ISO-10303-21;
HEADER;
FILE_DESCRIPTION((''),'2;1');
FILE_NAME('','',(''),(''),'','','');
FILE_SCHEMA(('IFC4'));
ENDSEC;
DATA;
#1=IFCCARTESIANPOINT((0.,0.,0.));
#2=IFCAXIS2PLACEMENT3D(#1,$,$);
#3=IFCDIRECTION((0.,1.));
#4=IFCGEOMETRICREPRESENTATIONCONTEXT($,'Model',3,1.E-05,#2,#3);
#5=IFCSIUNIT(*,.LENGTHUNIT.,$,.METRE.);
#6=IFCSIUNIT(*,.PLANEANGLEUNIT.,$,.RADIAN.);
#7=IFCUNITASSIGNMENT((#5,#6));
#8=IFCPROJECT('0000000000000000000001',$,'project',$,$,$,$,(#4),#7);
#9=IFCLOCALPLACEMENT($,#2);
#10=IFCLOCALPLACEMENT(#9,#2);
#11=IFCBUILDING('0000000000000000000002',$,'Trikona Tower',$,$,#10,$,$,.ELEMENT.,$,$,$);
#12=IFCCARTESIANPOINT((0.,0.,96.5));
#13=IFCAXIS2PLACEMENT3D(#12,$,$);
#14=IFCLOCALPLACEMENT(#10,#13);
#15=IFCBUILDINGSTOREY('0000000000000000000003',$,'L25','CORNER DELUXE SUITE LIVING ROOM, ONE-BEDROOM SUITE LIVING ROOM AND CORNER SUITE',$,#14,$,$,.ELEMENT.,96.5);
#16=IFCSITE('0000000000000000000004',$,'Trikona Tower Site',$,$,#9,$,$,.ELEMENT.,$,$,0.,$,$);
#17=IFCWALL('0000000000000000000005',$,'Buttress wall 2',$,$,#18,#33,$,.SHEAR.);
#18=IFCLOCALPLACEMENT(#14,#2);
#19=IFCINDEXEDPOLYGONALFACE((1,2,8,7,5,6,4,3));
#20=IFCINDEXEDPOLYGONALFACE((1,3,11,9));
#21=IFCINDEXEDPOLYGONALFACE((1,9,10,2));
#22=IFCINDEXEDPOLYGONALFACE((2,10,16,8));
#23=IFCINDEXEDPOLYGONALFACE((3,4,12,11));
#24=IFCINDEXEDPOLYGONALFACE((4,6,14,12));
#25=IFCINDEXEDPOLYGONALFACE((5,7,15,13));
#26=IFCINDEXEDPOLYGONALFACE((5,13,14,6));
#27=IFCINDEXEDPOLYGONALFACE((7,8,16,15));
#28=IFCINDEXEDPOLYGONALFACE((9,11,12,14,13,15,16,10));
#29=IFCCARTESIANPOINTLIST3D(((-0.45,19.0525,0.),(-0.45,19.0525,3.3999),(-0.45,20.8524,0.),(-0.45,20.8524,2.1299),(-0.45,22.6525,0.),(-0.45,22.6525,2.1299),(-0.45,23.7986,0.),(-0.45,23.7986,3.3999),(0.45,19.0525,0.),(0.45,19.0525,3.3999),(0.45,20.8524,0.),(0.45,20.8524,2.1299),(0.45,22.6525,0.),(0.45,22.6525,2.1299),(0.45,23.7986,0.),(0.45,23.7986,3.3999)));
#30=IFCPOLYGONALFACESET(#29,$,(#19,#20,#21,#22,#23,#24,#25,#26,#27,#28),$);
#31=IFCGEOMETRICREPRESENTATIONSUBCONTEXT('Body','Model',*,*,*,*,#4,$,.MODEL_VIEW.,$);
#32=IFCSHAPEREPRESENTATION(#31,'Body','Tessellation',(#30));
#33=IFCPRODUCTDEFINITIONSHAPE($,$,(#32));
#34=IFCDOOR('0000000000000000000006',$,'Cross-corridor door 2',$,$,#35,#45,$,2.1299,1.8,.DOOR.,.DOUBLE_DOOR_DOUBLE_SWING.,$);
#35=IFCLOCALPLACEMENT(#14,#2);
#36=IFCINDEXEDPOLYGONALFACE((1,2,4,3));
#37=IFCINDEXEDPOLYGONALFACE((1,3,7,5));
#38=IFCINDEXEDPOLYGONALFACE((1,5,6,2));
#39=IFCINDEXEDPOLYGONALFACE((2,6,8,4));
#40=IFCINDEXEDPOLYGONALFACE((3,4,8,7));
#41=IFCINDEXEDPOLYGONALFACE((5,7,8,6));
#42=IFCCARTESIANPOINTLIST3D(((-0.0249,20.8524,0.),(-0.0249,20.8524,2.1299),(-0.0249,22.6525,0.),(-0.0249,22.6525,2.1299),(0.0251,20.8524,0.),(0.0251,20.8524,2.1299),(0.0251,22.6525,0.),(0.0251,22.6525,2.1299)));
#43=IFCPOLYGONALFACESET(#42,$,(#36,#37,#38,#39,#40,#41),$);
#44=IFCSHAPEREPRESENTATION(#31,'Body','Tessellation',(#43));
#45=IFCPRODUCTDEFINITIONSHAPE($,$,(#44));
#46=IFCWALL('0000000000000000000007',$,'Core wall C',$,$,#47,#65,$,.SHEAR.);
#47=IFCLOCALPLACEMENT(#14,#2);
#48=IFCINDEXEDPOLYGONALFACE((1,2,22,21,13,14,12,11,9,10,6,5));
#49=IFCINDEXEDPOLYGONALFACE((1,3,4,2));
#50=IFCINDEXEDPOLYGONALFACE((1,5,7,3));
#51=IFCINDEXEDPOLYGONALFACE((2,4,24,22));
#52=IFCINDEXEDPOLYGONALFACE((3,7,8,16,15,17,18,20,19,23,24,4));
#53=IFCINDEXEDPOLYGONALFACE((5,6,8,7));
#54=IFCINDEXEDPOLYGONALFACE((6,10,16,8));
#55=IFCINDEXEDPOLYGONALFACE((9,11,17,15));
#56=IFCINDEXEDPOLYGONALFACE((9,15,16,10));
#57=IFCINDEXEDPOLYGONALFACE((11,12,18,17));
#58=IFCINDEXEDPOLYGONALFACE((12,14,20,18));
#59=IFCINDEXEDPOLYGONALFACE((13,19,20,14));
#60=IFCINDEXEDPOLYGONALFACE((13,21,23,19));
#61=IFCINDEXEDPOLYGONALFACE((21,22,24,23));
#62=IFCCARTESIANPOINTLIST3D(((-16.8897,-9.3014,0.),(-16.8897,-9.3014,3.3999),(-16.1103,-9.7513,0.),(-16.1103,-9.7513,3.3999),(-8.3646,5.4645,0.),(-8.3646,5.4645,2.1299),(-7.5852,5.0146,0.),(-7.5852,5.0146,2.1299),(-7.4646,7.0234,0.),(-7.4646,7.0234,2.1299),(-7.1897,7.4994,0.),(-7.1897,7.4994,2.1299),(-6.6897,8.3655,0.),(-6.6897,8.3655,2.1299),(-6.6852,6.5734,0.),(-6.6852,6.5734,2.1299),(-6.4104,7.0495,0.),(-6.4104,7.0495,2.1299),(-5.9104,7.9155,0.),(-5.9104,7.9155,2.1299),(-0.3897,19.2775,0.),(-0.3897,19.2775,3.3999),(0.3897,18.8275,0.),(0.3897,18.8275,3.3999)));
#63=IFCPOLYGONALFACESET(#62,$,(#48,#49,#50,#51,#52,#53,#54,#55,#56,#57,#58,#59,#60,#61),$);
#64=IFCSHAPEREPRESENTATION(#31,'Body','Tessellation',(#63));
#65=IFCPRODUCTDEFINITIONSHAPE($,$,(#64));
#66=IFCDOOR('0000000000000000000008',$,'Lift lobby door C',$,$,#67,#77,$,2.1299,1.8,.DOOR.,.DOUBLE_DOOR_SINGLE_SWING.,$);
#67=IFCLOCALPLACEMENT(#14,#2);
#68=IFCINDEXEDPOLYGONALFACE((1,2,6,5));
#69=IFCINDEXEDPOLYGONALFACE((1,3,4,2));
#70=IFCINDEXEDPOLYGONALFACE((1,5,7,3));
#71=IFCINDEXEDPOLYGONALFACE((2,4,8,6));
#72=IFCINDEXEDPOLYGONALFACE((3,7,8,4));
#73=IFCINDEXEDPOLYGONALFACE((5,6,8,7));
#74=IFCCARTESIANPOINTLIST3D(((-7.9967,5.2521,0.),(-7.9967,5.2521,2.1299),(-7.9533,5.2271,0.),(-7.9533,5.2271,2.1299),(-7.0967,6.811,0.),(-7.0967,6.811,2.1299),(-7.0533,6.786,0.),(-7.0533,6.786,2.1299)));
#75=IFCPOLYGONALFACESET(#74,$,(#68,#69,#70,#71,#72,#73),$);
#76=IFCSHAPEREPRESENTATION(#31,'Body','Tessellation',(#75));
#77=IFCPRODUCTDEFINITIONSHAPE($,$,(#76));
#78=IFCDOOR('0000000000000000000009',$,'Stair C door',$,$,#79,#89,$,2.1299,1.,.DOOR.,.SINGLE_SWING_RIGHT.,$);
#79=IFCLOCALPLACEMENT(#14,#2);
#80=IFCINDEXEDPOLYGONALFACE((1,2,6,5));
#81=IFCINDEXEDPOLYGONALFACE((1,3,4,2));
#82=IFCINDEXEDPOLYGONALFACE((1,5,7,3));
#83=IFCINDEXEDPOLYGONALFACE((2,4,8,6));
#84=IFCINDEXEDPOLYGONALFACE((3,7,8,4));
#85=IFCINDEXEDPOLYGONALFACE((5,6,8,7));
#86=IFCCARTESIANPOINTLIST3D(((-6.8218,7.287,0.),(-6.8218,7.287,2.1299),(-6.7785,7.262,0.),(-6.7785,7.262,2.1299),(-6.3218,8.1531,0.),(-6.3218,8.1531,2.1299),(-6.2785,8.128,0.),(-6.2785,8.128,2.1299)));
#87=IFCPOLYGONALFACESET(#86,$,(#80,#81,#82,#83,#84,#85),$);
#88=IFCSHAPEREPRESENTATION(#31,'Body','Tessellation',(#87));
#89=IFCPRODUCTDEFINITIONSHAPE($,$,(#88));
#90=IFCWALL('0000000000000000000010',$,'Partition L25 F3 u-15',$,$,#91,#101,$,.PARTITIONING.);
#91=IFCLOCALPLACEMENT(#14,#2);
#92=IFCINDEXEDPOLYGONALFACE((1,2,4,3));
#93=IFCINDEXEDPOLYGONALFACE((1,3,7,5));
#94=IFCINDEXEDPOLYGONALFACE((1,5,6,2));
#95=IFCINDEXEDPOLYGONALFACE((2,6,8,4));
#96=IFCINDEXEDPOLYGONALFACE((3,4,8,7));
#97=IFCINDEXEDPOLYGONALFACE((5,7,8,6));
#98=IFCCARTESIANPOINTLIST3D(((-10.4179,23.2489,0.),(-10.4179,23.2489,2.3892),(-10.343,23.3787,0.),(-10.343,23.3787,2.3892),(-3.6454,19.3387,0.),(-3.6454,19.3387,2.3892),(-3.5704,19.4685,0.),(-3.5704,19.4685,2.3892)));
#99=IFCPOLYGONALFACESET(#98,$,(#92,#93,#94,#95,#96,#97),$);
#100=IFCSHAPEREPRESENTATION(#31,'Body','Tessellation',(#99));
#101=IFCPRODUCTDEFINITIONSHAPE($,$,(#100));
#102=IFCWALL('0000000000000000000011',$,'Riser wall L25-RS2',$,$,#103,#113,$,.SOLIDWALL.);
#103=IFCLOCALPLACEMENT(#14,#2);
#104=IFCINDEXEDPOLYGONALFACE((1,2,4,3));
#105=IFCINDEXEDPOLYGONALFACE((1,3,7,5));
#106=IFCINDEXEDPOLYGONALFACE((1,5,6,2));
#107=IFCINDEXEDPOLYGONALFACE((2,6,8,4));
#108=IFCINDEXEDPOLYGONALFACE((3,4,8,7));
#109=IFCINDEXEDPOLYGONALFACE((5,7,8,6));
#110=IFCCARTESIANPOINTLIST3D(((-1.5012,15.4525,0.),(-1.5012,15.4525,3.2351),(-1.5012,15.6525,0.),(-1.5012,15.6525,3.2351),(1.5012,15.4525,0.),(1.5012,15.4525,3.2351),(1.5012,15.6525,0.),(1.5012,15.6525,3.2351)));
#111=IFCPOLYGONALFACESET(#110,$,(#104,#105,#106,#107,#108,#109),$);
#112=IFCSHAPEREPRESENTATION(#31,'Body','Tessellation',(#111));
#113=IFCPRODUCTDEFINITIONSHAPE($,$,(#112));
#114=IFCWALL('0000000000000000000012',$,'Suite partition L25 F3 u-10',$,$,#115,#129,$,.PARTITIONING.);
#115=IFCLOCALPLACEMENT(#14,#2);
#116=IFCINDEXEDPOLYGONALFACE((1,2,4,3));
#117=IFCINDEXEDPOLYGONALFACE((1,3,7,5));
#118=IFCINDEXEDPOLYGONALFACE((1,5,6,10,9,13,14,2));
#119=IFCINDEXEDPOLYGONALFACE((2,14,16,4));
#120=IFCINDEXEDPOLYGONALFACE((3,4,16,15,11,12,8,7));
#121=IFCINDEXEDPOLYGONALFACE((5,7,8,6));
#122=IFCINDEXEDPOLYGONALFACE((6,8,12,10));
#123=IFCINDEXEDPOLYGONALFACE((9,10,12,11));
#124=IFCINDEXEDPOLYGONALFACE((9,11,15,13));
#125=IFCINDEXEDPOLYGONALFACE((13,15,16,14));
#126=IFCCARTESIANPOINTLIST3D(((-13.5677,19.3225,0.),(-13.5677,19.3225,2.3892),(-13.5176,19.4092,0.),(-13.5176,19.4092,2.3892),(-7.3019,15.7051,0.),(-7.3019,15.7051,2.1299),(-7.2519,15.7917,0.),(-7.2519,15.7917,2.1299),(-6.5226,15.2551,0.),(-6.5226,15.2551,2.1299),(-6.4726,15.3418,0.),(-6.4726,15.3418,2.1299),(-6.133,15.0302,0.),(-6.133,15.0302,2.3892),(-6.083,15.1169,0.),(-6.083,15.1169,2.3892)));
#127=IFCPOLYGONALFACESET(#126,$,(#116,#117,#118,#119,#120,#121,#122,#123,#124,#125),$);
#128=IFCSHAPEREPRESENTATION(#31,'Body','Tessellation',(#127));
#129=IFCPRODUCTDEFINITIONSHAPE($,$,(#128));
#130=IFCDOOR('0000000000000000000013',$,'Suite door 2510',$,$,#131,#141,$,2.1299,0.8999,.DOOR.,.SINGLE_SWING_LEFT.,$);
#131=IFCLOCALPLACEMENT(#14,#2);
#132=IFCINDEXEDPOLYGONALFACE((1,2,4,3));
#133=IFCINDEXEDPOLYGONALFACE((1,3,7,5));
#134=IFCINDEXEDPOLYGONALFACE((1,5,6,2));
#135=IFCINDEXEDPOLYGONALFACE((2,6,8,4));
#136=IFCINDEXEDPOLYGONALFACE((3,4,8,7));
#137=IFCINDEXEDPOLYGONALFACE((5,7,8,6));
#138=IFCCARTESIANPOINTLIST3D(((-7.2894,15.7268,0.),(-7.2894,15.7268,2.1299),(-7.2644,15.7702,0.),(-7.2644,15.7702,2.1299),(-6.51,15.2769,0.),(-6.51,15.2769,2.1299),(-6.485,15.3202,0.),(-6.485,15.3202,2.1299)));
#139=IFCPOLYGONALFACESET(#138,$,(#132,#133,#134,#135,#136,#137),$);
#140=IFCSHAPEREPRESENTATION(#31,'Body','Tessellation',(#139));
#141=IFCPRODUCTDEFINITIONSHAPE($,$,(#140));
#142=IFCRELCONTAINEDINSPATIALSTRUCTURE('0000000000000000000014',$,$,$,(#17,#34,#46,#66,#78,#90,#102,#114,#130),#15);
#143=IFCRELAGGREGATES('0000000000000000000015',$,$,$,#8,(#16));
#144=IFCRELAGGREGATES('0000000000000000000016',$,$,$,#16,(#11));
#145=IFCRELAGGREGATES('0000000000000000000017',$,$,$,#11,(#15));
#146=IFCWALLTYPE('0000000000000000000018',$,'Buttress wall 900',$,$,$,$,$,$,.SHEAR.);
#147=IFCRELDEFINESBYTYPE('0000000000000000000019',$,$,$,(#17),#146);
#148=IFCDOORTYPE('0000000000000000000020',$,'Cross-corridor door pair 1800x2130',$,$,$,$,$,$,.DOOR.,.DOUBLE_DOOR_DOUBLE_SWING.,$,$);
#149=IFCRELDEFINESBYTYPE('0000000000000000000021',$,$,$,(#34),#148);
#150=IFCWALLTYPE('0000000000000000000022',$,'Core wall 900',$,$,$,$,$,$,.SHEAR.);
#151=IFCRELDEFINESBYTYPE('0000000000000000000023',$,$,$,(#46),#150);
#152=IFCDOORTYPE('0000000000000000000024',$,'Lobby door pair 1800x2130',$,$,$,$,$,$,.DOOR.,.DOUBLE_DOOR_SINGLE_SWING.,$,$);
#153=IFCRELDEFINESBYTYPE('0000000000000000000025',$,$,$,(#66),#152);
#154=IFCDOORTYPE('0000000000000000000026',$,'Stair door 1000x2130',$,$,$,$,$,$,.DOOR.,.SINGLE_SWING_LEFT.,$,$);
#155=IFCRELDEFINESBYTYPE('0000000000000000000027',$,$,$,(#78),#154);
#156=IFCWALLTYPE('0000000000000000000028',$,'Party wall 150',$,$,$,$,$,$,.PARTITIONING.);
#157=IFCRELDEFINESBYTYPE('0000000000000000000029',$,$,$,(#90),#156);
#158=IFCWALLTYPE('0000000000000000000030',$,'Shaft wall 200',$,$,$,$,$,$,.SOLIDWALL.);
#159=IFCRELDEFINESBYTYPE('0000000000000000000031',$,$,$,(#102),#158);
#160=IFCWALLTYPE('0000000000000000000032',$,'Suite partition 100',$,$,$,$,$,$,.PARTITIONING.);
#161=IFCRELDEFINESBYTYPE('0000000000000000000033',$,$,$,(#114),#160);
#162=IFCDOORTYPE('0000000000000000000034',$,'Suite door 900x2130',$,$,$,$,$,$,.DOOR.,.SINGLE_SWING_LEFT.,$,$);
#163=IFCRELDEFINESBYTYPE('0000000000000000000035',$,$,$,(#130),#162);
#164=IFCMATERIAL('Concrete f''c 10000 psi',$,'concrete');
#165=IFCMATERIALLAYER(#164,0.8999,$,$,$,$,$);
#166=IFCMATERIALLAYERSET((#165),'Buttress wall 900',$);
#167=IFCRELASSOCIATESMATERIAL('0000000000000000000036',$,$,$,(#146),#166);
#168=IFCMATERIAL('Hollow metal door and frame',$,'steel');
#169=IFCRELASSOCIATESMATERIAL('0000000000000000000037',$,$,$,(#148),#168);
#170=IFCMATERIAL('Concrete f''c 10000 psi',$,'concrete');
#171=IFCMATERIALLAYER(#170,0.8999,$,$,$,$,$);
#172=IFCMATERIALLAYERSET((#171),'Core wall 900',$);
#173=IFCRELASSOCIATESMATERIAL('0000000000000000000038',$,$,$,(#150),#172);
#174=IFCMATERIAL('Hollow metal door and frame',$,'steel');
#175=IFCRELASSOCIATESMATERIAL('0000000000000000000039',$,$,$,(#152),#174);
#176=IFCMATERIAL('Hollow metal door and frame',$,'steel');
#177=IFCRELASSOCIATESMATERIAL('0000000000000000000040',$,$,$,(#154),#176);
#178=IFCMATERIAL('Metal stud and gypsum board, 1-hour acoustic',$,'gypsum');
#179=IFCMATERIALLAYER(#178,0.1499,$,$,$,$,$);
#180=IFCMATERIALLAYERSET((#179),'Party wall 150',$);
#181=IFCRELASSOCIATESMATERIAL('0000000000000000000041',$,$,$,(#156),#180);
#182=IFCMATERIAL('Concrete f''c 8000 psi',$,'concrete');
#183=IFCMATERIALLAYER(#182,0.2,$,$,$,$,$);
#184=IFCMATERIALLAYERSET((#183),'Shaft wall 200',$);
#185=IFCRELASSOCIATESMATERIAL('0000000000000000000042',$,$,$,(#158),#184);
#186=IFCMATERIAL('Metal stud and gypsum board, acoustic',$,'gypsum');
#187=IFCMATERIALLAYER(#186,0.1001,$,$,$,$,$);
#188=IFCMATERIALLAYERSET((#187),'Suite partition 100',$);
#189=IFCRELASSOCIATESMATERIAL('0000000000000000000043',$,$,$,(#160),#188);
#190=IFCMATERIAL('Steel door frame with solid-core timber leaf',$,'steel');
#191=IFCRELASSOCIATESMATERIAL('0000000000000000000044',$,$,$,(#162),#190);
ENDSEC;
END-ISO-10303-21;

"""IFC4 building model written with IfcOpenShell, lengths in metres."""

from ifc_helpers import new_model, si_unit, direction, frame, frame_2d, origin, place, context, subcontext, project, spatial, rectangle, extrude, material, layer, layer_set, type_object, element, fill, save


model = new_model("IFC4")

# Units and contexts
model_context = context("Model", 3, precision=1e-05, world=origin(), true_north=direction((0.0, 1.0)))
body_context = subcontext(model_context, "Body", "Model", "MODEL_VIEW")
ifc_project = project(units=[si_unit("LENGTHUNIT", "METRE"), si_unit("PLANEANGLEUNIT", "RADIAN")], contexts=[model_context])

# Site, building, storey
site_placement = place(None, origin())
site = spatial("IfcSite", under=ifc_project, at=site_placement, Name="Trikona Tower Site", CompositionType="ELEMENT", RefElevation=0.0)
building_placement = place(site_placement, origin())
building = spatial("IfcBuilding", under=site, at=building_placement, Name="Trikona Tower", CompositionType="ELEMENT")
storey_placement = place(building_placement, frame((0.0, 0.0, 96.5)))
storey = spatial("IfcBuildingStorey", under=building, at=storey_placement, Name="L25", Description="CORNER DELUXE SUITE LIVING ROOM, ONE-BEDROOM SUITE LIVING ROOM AND CORNER SUITE", CompositionType="ELEMENT", Elevation=96.5)

# Wall, opening, door
ifc_material_1 = material(Name="Concrete f'c 10000 psi", Category="concrete")
ifc_layer_1 = layer(ifc_material_1, 0.8999)
ifc_layer_set_1 = layer_set([ifc_layer_1], Name="Buttress wall 900")
wall_type_1 = type_object("IfcWallType", Name="Buttress wall 900", PredefinedType="SHEAR", material=ifc_layer_set_1)
wall_1_placement = place(storey_placement, frame((0.0, 19.0525, 0.0), z_axis=(0.0, 0.0, 1.0), x_axis=(0.0, 1.0, 0.0)))
wall_1 = element("IfcWall", 1, at=wall_1_placement, inside=storey, type_object=wall_type_1, Name="Buttress wall 2", PredefinedType="SHEAR", context=body_context, shape_type="SweptSolid", body=[
    extrude(rectangle(XDim=4.7461, YDim=0.8999, at=frame_2d((2.373, 0.0))), origin(), (0.0, 0.0, 1.0), 3.3999),
])
opening_1_placement = place(wall_1_placement, frame((1.8, 0.0, 0.0)))
opening_1 = element("IfcOpeningElement", 2, at=opening_1_placement, cuts=wall_1, PredefinedType="OPENING", context=body_context, shape_type="SweptSolid", body=[
    extrude(rectangle(XDim=1.8, YDim=2.1299, at=frame_2d((0.8999, 1.0649))), frame((0.0, 0.46, 0.0), z_axis=(0.0, -1.0, 0.0), x_axis=(1.0, 0.0, 0.0)), (0.0, 0.0, 1.0), 0.9199),
])
ifc_material_2 = material(Name="Hollow metal door and frame", Category="steel")
door_type_1 = type_object("IfcDoorType", Name="Cross-corridor door pair 1800x2130", OperationType="DOUBLE_DOOR_DOUBLE_SWING", PredefinedType="DOOR", material=ifc_material_2)
door_1_placement = place(opening_1_placement, origin())
door_1 = element("IfcDoor", 3, at=door_1_placement, inside=storey, type_object=door_type_1, Name="Cross-corridor door 2", OperationType="DOUBLE_DOOR_DOUBLE_SWING", OverallHeight=2.1299, OverallWidth=1.8, PredefinedType="DOOR", context=body_context, shape_type="SweptSolid", body=[
    extrude(rectangle(XDim=1.8, YDim=2.1299, at=frame_2d((0.8999, 1.0649))), frame((0.0, 0.0249, 0.0), z_axis=(0.0, -1.0, 0.0), x_axis=(1.0, 0.0, 0.0)), (0.0, 0.0, 1.0), 0.05),
])
fill(opening_1, door_1)

# Wall, openings, doors
ifc_material_3 = material(Name="Concrete f'c 10000 psi", Category="concrete")
ifc_layer_2 = layer(ifc_material_3, 0.8999)
ifc_layer_set_2 = layer_set([ifc_layer_2], Name="Core wall 900")
wall_type_2 = type_object("IfcWallType", Name="Core wall 900", PredefinedType="SHEAR", material=ifc_layer_set_2)
wall_2_placement = place(storey_placement, frame((0.0, 19.0525, 0.0), z_axis=(0.0, 0.0, 1.0), x_axis=(-0.5, -0.866026, 0.0)))
wall_2 = element("IfcWall", 4, at=wall_2_placement, inside=storey, type_object=wall_type_2, Name="Core wall C", PredefinedType="SHEAR", context=body_context, shape_type="SweptSolid", body=[
    extrude(rectangle(XDim=33.0, YDim=0.8999, at=frame_2d((16.5, 0.0))), origin(), (0.0, 0.0, 1.0), 3.3999),
])
opening_2_placement = place(wall_2_placement, frame((14.1499, 0.0, 0.0)))
opening_2 = element("IfcOpeningElement", 5, at=opening_2_placement, cuts=wall_2, PredefinedType="OPENING", context=body_context, shape_type="SweptSolid", body=[
    extrude(rectangle(XDim=1.8, YDim=2.1299, at=frame_2d((0.8999, 1.0649))), frame((0.0, 0.46, 0.0), z_axis=(0.0, -1.0, 0.0), x_axis=(1.0, 0.0, 0.0)), (0.0, 0.0, 1.0), 0.9199),
])
opening_3_placement = place(wall_2_placement, frame((12.6001, 0.0, 0.0)))
opening_3 = element("IfcOpeningElement", 6, at=opening_3_placement, cuts=wall_2, PredefinedType="OPENING", context=body_context, shape_type="SweptSolid", body=[
    extrude(rectangle(XDim=1.0, YDim=2.1299, at=frame_2d((0.5, 1.0649))), frame((0.0, 0.46, 0.0), z_axis=(0.0, -1.0, 0.0), x_axis=(1.0, 0.0, 0.0)), (0.0, 0.0, 1.0), 0.9199),
])
ifc_material_4 = material(Name="Hollow metal door and frame", Category="steel")
door_type_2 = type_object("IfcDoorType", Name="Lobby door pair 1800x2130", OperationType="DOUBLE_DOOR_SINGLE_SWING", PredefinedType="DOOR", material=ifc_material_4)
door_2_placement = place(opening_2_placement, origin())
door_2 = element("IfcDoor", 7, at=door_2_placement, inside=storey, type_object=door_type_2, Name="Lift lobby door C", OperationType="DOUBLE_DOOR_SINGLE_SWING", OverallHeight=2.1299, OverallWidth=1.8, PredefinedType="DOOR", context=body_context, shape_type="SweptSolid", body=[
    extrude(rectangle(XDim=1.8, YDim=2.1299, at=frame_2d((0.8999, 1.0649))), frame((0.0, 0.0249, 0.0), z_axis=(0.0, -1.0, 0.0), x_axis=(1.0, 0.0, 0.0)), (0.0, 0.0, 1.0), 0.05),
])
fill(opening_2, door_2)
ifc_material_5 = material(Name="Hollow metal door and frame", Category="steel")
door_type_3 = type_object("IfcDoorType", Name="Stair door 1000x2130", OperationType="SINGLE_SWING_LEFT", PredefinedType="DOOR", material=ifc_material_5)
door_3_placement = place(opening_3_placement, origin())
door_3 = element("IfcDoor", 8, at=door_3_placement, inside=storey, type_object=door_type_3, Name="Stair C door", OperationType="SINGLE_SWING_RIGHT", OverallHeight=2.1299, OverallWidth=1.0, PredefinedType="DOOR", context=body_context, shape_type="SweptSolid", body=[
    extrude(rectangle(XDim=1.0, YDim=2.1299, at=frame_2d((0.5, 1.0649))), frame((0.0, 0.0249, 0.0), z_axis=(0.0, -1.0, 0.0), x_axis=(1.0, 0.0, 0.0)), (0.0, 0.0, 1.0), 0.05),
])
fill(opening_3, door_3)

# Walls
ifc_material_6 = material(Name="Metal stud and gypsum board, 1-hour acoustic", Category="gypsum")
ifc_layer_3 = layer(ifc_material_6, 0.1499)
ifc_layer_set_3 = layer_set([ifc_layer_3], Name="Party wall 150")
wall_type_3 = type_object("IfcWallType", Name="Party wall 150", PredefinedType="PARTITIONING", material=ifc_layer_set_3)
wall_3_placement = place(storey_placement, frame((-3.6079, 19.4036, 0.0), z_axis=(0.0, 0.0, 1.0), x_axis=(-0.866021, 0.500007, 0.0)))
element("IfcWall", 9, at=wall_3_placement, inside=storey, type_object=wall_type_3, Name="Partition L25 F3 u-15", PredefinedType="PARTITIONING", context=body_context, shape_type="SweptSolid", body=[
    extrude(rectangle(XDim=7.8203, YDim=0.1499, at=frame_2d((3.9102, 0.0))), origin(), (0.0, 0.0, 1.0), 2.3892),
])
ifc_material_7 = material(Name="Concrete f'c 8000 psi", Category="concrete")
ifc_layer_4 = layer(ifc_material_7, 0.2)
ifc_layer_set_4 = layer_set([ifc_layer_4], Name="Shaft wall 200")
wall_type_4 = type_object("IfcWallType", Name="Shaft wall 200", PredefinedType="SOLIDWALL", material=ifc_layer_set_4)
wall_4_placement = place(storey_placement, frame((-1.5012, 15.5525, 0.0), z_axis=(0.0, 0.0, 1.0), x_axis=(1.0, 0.0, 0.0)))
element("IfcWall", 10, at=wall_4_placement, inside=storey, type_object=wall_type_4, Name="Riser wall L25-RS2", PredefinedType="SOLIDWALL", context=body_context, shape_type="SweptSolid", body=[
    extrude(rectangle(XDim=3.0024, YDim=0.2, at=frame_2d((1.5012, 0.0))), origin(), (0.0, 0.0, 1.0), 3.2351),
])

# Wall, opening, door
ifc_material_8 = material(Name="Metal stud and gypsum board, acoustic", Category="gypsum")
ifc_layer_5 = layer(ifc_material_8, 0.1001)
ifc_layer_set_5 = layer_set([ifc_layer_5], Name="Suite partition 100")
wall_type_5 = type_object("IfcWallType", Name="Suite partition 100", PredefinedType="PARTITIONING", material=ifc_layer_set_5)
wall_5_placement = place(storey_placement, frame((-6.1079, 15.0735, 0.0), z_axis=(0.0, 0.0, 1.0), x_axis=(-0.866031, 0.49999, 0.0)))
wall_5 = element("IfcWall", 11, at=wall_5_placement, inside=storey, type_object=wall_type_5, Name="Suite partition L25 F3 u-10", PredefinedType="PARTITIONING", context=body_context, shape_type="SweptSolid", body=[
    extrude(rectangle(XDim=8.5847, YDim=0.1001, at=frame_2d((4.2925, 0.0))), origin(), (0.0, 0.0, 1.0), 2.3892),
])
opening_4_placement = place(wall_5_placement, frame((0.45, 0.0, 0.0)))
opening_4 = element("IfcOpeningElement", 12, at=opening_4_placement, cuts=wall_5, PredefinedType="OPENING", context=body_context, shape_type="SweptSolid", body=[
    extrude(rectangle(XDim=0.8999, YDim=2.1299, at=frame_2d((0.45, 1.0649))), frame((0.0, 0.0601, 0.0), z_axis=(0.0, -1.0, 0.0), x_axis=(1.0, 0.0, 0.0)), (0.0, 0.0, 1.0), 0.1201),
])
ifc_material_9 = material(Name="Steel door frame with solid-core timber leaf", Category="steel")
door_type_4 = type_object("IfcDoorType", Name="Suite door 900x2130", OperationType="SINGLE_SWING_LEFT", PredefinedType="DOOR", material=ifc_material_9)
door_4_placement = place(opening_4_placement, origin())
door_4 = element("IfcDoor", 13, at=door_4_placement, inside=storey, type_object=door_type_4, Name="Suite door 2510", OperationType="SINGLE_SWING_LEFT", OverallHeight=2.1299, OverallWidth=0.8999, PredefinedType="DOOR", context=body_context, shape_type="SweptSolid", body=[
    extrude(rectangle(XDim=0.8999, YDim=2.1299, at=frame_2d((0.45, 1.0649))), frame((0.0, 0.0249, 0.0), z_axis=(0.0, -1.0, 0.0), x_axis=(1.0, 0.0, 0.0)), (0.0, 0.0, 1.0), 0.05),
])
fill(opening_4, door_4)

save(model, "model.ifc")
